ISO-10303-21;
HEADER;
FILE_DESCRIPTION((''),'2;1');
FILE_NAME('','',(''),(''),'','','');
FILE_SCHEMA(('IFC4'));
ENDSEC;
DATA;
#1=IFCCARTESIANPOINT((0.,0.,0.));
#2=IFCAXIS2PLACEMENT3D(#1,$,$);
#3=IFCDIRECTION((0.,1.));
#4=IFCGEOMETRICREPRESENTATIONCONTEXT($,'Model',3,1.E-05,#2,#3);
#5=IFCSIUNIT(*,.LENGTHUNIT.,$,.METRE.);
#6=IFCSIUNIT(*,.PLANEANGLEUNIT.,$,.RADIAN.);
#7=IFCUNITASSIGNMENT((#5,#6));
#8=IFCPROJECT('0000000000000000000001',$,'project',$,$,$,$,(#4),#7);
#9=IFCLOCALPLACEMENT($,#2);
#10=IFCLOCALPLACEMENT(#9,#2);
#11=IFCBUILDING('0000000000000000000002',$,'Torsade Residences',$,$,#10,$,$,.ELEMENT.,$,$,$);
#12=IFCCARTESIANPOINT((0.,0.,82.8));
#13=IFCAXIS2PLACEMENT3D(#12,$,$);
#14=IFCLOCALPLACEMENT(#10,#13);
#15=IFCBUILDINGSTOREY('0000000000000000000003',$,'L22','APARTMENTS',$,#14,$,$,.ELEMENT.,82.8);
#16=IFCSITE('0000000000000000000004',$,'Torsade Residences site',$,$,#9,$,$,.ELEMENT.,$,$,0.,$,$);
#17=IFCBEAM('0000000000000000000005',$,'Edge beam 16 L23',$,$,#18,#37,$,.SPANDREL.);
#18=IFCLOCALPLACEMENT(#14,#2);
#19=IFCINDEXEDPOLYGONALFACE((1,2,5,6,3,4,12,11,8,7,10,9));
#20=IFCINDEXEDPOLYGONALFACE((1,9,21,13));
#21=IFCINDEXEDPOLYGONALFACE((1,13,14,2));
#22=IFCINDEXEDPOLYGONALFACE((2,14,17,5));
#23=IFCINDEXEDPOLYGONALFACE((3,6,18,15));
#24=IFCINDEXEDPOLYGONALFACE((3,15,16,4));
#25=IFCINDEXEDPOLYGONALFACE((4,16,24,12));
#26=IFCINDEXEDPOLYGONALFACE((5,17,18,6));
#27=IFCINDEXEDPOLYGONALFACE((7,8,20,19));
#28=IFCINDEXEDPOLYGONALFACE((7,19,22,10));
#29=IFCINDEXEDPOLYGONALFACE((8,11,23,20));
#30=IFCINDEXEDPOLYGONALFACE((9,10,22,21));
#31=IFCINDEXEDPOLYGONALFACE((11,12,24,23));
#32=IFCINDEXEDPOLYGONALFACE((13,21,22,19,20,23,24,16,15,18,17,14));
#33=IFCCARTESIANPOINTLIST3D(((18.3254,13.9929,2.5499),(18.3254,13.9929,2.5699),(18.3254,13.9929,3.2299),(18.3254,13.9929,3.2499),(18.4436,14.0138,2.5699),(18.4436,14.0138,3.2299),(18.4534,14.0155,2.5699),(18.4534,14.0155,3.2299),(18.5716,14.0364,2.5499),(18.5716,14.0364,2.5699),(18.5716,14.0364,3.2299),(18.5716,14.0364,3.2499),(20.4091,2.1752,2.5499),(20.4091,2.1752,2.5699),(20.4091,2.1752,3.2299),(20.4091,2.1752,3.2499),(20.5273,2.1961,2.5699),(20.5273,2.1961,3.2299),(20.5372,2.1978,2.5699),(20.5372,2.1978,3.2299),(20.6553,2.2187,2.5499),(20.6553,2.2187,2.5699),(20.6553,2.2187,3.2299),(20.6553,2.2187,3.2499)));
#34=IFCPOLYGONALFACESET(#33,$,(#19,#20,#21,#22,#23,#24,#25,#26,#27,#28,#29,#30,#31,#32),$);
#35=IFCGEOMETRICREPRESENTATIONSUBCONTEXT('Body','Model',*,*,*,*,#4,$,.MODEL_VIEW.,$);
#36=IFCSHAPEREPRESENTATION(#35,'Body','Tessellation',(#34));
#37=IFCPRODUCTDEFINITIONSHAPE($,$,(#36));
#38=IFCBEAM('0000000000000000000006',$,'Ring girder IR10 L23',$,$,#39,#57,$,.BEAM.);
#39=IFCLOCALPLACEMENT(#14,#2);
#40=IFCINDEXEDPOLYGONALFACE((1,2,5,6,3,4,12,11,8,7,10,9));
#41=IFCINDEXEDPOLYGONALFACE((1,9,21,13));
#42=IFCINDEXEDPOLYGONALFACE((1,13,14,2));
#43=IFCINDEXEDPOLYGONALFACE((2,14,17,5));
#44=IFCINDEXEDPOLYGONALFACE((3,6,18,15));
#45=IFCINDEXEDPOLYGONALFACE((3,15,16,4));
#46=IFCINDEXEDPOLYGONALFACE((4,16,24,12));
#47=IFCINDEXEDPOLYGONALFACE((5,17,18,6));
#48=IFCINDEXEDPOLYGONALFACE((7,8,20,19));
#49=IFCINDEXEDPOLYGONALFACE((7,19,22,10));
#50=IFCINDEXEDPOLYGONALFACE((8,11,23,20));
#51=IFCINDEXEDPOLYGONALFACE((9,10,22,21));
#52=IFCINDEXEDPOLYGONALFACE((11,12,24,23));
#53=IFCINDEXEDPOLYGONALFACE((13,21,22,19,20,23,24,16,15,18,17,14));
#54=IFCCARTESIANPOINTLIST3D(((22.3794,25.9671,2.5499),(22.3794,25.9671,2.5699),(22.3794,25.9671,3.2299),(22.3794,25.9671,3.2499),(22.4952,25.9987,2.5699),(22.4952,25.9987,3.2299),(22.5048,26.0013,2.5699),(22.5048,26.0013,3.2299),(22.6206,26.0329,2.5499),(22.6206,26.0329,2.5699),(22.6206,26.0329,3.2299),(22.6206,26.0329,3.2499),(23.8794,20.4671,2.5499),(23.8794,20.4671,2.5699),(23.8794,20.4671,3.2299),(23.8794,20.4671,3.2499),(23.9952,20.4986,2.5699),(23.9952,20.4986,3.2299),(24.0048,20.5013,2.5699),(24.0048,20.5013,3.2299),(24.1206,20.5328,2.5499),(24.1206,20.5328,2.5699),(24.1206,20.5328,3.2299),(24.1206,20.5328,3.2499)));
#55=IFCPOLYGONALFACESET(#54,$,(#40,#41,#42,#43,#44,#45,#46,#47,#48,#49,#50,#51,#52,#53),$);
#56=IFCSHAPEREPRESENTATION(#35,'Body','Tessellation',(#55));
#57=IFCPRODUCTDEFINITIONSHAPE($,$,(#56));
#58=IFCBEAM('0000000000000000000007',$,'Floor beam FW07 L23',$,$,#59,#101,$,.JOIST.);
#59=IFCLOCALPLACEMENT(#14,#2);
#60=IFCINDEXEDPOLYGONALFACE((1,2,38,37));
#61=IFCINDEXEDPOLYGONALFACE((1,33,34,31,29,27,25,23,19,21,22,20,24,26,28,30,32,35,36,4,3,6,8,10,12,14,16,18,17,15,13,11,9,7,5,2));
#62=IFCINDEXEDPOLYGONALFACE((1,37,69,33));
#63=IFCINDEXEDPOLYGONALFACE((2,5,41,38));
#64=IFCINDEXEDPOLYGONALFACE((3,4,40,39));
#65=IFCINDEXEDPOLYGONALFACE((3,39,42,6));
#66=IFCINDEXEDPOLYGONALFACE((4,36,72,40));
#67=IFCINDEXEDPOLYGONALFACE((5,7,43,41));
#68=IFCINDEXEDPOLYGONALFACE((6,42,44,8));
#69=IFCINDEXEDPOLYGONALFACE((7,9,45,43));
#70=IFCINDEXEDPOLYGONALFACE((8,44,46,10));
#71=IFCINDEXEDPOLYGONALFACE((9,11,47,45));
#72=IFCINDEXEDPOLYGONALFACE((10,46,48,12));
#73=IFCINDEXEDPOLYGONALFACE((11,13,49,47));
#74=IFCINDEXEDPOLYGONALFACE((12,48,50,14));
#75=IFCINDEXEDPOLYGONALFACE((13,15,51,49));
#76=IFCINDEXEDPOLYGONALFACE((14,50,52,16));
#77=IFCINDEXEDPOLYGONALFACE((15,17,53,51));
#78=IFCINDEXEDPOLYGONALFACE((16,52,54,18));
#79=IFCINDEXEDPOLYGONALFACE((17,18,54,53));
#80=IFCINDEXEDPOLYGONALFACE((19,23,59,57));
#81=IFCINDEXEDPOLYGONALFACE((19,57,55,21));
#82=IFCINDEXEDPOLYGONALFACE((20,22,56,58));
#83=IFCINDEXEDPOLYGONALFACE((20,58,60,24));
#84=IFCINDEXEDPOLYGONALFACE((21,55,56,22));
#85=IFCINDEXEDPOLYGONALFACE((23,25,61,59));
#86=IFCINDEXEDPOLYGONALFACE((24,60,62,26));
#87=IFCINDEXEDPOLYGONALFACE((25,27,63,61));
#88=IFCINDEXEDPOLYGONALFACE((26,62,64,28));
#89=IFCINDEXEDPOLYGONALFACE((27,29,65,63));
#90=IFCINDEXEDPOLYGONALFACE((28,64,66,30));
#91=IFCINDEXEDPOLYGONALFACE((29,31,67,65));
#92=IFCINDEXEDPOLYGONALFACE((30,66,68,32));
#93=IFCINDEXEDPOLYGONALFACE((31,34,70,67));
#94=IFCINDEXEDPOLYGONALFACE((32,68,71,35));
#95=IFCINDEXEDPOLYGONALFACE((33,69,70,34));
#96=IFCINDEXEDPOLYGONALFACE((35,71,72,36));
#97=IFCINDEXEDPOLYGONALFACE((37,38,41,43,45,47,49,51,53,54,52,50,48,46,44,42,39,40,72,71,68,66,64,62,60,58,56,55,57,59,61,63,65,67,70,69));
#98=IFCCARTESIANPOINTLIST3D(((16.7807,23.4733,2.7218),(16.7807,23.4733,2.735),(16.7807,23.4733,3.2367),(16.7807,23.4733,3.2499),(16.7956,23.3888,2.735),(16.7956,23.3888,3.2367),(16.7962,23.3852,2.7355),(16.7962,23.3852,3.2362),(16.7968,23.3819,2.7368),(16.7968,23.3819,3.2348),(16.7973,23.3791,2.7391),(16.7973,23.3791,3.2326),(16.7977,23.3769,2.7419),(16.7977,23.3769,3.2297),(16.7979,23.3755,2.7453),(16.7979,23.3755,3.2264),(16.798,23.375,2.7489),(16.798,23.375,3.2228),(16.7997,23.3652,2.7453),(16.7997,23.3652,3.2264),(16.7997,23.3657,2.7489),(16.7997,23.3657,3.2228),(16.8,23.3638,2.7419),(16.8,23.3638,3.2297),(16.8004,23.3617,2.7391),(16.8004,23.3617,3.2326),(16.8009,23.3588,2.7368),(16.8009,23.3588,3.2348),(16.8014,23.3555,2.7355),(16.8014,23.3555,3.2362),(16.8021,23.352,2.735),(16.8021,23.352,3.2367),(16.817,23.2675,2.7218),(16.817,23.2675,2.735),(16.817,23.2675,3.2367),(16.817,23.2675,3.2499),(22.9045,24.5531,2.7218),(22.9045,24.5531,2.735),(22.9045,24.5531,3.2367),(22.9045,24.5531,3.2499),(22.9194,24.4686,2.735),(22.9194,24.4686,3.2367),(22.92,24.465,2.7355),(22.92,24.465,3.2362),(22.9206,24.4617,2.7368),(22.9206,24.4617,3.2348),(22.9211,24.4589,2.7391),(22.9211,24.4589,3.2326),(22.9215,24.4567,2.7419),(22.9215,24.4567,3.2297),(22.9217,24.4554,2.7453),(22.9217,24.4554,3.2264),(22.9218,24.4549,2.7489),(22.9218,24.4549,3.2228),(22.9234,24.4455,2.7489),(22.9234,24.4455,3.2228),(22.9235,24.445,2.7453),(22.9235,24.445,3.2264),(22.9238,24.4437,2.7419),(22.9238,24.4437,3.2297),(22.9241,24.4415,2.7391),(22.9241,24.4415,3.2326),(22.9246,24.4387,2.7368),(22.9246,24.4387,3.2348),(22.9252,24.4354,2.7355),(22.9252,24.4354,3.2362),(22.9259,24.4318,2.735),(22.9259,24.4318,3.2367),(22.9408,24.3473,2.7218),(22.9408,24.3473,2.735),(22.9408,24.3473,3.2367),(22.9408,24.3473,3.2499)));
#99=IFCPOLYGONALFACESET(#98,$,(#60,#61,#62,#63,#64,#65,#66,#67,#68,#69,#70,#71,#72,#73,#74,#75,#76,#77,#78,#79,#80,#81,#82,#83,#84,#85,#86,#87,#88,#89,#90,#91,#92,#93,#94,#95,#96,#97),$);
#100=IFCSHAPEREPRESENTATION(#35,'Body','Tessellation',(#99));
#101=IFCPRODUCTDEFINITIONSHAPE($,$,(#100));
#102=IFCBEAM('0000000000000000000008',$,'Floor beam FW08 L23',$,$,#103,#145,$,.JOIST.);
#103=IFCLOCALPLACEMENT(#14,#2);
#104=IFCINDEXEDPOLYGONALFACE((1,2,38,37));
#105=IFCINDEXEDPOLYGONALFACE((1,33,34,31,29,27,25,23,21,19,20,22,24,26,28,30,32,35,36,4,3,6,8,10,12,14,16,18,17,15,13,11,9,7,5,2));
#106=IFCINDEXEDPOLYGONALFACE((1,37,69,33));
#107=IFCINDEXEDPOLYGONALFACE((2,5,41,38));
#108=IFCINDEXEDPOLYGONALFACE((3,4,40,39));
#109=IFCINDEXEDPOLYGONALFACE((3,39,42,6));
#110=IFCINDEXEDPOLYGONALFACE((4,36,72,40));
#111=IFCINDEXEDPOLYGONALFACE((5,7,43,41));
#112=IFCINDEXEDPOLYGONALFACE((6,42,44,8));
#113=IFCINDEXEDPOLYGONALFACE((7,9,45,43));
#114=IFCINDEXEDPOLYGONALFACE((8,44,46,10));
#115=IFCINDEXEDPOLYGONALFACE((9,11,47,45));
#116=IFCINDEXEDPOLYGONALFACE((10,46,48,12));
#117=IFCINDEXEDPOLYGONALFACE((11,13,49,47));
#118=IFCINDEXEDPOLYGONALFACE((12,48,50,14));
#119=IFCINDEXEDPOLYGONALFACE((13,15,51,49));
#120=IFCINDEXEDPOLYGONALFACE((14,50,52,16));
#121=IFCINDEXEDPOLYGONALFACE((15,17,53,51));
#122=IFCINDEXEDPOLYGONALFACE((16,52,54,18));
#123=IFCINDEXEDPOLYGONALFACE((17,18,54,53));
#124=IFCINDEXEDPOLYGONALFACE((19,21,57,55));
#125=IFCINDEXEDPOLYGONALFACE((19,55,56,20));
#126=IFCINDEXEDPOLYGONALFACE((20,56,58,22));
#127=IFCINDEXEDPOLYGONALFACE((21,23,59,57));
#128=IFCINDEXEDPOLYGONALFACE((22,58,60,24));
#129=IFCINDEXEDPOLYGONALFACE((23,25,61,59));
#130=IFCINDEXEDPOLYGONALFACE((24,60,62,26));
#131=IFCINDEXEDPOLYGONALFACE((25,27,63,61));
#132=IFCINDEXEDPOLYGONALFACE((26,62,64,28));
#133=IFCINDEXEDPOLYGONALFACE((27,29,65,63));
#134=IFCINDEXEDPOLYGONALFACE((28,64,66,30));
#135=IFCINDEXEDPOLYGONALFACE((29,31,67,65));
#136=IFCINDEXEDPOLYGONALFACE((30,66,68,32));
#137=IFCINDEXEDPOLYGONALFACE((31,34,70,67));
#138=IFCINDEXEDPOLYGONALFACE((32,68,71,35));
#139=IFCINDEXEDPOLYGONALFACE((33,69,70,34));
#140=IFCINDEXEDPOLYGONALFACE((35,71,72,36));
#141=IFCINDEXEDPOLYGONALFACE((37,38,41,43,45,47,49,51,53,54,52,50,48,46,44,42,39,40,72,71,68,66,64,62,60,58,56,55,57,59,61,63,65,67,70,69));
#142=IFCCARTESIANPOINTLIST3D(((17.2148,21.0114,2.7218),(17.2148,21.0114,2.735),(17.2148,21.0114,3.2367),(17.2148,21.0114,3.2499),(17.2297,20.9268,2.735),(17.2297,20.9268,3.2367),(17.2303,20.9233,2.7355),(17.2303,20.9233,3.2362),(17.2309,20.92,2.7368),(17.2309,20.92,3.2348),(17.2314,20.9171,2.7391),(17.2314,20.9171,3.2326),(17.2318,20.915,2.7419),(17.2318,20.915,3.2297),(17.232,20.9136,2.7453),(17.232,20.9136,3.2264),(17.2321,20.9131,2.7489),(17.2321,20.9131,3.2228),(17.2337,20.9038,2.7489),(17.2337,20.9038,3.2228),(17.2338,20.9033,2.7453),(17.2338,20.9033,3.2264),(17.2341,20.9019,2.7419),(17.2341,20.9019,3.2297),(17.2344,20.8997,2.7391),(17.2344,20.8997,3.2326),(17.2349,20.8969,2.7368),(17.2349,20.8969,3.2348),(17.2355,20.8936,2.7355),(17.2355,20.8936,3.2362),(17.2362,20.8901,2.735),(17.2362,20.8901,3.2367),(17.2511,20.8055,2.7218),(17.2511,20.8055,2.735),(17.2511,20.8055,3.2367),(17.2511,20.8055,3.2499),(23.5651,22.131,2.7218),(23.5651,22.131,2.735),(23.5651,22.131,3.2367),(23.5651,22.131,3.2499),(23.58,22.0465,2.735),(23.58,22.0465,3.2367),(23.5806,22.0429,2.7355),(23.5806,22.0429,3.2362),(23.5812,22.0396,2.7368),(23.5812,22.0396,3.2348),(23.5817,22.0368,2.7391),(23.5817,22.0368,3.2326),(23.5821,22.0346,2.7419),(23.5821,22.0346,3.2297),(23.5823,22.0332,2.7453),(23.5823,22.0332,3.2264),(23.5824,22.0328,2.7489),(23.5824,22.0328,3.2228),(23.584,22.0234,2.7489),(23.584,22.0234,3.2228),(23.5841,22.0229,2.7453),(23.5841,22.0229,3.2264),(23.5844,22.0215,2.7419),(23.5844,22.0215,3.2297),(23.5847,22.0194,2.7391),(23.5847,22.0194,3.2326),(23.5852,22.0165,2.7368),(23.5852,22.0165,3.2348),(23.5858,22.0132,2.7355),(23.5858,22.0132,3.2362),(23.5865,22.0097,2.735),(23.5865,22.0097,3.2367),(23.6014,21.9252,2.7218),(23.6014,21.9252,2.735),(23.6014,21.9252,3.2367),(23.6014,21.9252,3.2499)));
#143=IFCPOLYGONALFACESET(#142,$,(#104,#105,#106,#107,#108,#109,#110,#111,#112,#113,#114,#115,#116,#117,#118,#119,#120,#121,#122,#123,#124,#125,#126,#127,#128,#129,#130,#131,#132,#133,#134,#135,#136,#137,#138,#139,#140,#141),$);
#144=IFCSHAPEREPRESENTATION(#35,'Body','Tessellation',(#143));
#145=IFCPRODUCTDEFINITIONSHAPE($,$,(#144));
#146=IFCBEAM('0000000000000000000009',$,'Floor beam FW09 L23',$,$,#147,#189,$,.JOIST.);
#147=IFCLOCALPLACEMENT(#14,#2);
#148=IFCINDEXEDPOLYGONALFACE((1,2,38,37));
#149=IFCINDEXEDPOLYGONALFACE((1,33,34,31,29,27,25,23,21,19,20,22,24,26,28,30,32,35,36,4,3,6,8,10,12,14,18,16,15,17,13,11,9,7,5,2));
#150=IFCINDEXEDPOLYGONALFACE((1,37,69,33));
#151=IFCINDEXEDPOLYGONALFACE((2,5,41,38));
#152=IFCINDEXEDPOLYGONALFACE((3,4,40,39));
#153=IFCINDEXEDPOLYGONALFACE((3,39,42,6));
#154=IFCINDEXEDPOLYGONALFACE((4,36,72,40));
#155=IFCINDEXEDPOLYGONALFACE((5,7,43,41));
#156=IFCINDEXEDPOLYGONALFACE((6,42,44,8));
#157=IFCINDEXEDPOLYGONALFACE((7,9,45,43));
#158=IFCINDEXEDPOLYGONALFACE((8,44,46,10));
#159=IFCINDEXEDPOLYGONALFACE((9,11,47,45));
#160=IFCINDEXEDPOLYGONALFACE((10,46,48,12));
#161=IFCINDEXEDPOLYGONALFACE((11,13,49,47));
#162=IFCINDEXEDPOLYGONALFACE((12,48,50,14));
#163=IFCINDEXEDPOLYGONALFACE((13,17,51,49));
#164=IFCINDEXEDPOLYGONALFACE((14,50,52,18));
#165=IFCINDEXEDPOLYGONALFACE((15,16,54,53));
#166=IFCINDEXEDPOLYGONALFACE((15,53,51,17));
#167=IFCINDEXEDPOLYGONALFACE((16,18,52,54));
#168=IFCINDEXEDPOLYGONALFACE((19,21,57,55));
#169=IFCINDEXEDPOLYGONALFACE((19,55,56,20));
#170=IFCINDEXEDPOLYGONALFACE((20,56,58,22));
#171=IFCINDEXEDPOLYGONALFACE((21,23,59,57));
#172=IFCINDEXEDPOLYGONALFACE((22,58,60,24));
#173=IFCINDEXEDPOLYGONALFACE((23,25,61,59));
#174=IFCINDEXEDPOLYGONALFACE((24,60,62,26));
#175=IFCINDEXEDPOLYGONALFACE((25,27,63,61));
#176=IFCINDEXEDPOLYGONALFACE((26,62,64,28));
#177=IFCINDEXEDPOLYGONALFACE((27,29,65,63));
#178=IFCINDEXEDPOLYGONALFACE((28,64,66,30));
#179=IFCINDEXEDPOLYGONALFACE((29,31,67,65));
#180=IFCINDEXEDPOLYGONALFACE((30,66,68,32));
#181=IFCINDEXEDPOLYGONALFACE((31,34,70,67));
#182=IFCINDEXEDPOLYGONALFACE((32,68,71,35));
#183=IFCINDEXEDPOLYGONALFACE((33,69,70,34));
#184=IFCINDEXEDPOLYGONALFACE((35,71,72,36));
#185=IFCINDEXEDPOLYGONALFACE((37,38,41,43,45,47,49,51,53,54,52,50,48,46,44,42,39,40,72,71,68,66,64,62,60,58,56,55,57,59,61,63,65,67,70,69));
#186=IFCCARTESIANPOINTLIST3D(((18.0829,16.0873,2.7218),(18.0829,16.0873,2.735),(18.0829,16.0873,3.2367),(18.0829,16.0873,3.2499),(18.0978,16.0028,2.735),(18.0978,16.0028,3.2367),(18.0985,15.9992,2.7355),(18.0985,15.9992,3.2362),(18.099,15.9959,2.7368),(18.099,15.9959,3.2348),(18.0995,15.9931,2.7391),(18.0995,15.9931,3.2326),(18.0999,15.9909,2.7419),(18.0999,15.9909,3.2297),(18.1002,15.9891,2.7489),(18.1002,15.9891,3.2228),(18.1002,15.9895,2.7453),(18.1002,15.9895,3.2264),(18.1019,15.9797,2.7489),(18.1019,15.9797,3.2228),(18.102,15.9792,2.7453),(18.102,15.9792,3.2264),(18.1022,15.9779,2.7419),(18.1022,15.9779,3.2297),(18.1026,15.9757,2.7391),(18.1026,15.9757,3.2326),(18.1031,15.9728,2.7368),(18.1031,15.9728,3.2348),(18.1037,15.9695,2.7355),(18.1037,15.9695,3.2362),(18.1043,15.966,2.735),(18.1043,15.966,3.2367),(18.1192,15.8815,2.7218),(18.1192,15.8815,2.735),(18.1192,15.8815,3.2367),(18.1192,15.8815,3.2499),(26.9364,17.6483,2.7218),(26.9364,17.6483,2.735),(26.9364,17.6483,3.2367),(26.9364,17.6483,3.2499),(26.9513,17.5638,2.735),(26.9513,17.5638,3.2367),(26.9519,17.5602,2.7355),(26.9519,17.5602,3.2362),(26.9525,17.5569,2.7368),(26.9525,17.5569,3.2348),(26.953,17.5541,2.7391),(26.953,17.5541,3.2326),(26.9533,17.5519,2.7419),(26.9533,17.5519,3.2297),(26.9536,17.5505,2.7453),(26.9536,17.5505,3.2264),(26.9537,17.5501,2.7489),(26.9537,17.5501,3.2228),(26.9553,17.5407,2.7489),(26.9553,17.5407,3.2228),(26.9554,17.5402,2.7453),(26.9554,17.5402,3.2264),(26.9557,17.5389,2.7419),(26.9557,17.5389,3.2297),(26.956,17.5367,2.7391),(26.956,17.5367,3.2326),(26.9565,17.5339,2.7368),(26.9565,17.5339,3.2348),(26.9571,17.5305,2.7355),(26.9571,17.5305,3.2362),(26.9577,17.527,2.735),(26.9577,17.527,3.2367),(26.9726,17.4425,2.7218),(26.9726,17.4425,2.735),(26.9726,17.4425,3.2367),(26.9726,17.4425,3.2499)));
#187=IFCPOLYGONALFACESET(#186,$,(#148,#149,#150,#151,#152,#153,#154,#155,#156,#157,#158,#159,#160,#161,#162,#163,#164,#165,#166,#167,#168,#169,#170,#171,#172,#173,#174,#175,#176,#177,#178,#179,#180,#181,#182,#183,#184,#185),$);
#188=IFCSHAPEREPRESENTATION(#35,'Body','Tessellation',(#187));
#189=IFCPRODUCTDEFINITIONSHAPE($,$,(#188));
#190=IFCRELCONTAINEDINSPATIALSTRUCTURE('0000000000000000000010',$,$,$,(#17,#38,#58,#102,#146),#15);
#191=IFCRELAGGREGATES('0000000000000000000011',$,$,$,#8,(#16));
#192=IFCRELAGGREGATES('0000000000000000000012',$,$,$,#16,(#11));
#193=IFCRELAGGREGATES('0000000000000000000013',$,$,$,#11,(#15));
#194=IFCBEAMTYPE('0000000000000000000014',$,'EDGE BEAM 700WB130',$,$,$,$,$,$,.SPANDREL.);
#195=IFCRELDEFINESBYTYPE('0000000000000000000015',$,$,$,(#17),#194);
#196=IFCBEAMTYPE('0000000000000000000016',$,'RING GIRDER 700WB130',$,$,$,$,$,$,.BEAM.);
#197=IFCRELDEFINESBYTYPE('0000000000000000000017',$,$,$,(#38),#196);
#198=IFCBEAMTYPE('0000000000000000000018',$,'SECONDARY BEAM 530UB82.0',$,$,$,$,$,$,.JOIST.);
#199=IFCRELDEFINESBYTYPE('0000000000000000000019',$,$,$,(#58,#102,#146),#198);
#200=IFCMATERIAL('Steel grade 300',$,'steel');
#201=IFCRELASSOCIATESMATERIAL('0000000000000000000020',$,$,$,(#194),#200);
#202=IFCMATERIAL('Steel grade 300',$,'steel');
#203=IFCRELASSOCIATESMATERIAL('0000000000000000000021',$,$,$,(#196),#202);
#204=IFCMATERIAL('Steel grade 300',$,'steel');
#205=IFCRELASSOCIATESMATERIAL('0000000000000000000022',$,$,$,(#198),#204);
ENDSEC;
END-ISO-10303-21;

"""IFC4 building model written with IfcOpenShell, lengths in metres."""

from ifc_helpers import new_model, si_unit, direction, frame, origin, origin_2d, place, context, subcontext, project, spatial, i_section, extrude, material, material_profile, profile_set, type_object, element, save


model = new_model("IFC4")

# Units and contexts
model_context = context("Model", 3, precision=1e-05, world=origin(), true_north=direction((0.0, 1.0)))
body_context = subcontext(model_context, "Body", "Model", "MODEL_VIEW")
ifc_project = project(units=[si_unit("LENGTHUNIT", "METRE"), si_unit("PLANEANGLEUNIT", "RADIAN")], contexts=[model_context])

# Site, building, storey
site_placement = place(None, origin())
site = spatial("IfcSite", under=ifc_project, at=site_placement, Name="Torsade Residences site", CompositionType="ELEMENT", RefElevation=0.0)
building_placement = place(site_placement, origin())
building = spatial("IfcBuilding", under=site, at=building_placement, Name="Torsade Residences", CompositionType="ELEMENT")
storey_placement = place(building_placement, frame((0.0, 0.0, 82.8)))
storey = spatial("IfcBuildingStorey", under=building, at=storey_placement, Name="L22", Description="APARTMENTS", CompositionType="ELEMENT", Elevation=82.8)

# Beams
ifc_material_1 = material(Name="Steel grade 300", Category="steel")
ifc_material_profile_1 = material_profile(ifc_material_1, i_section(OverallWidth=0.25, OverallDepth=0.7, WebThickness=0.01, FlangeThickness=0.02, at=origin_2d()), Name="700WB130")
ifc_profile_set_1 = profile_set([ifc_material_profile_1], Name="Steel grade 300")
beam_type_1 = type_object("IfcBeamType", Name="EDGE BEAM 700WB130", PredefinedType="SPANDREL", material=ifc_profile_set_1)
beam_1_placement = place(storey_placement, frame((18.4485, 14.0146, 2.8999), z_axis=(0.173646, -0.984808, 0.0), x_axis=(0.984808, 0.173646, 0.0)))
element("IfcBeam", 1, at=beam_1_placement, inside=storey, type_object=beam_type_1, Name="Edge beam 16 L23", PredefinedType="SPANDREL", context=body_context, shape_type="SweptSolid", body=[
    extrude(i_section(OverallWidth=0.25, OverallDepth=0.7, WebThickness=0.01, FlangeThickness=0.02, at=origin_2d()), origin(), (0.0, 0.0, 1.0), 12.0),
])
ifc_material_2 = material(Name="Steel grade 300", Category="steel")
ifc_material_profile_2 = material_profile(ifc_material_2, i_section(OverallWidth=0.25, OverallDepth=0.7, WebThickness=0.01, FlangeThickness=0.02, at=origin_2d()), Name="700WB130")
ifc_profile_set_2 = profile_set([ifc_material_profile_2], Name="Steel grade 300")
beam_type_2 = type_object("IfcBeamType", Name="RING GIRDER 700WB130", PredefinedType="BEAM", material=ifc_profile_set_2)
beam_2_placement = place(storey_placement, frame((22.5, 26.0, 2.8999), z_axis=(0.263117, -0.964764, 0.0), x_axis=(0.964764, 0.263117, 0.0)))
element("IfcBeam", 2, at=beam_2_placement, inside=storey, type_object=beam_type_2, Name="Ring girder IR10 L23", PredefinedType="BEAM", context=body_context, shape_type="SweptSolid", body=[
    extrude(i_section(OverallWidth=0.25, OverallDepth=0.7, WebThickness=0.01, FlangeThickness=0.02, at=origin_2d()), origin(), (0.0, 0.0, 1.0), 5.7009),
])
ifc_material_3 = material(Name="Steel grade 300", Category="steel")
ifc_material_profile_3 = material_profile(ifc_material_3, i_section(OverallWidth=0.209, OverallDepth=0.5281, WebThickness=0.0095, FlangeThickness=0.0132, FilletRadius=0.0139, at=origin_2d()), Name="530UB82.0")
ifc_profile_set_3 = profile_set([ifc_material_profile_3], Name="Steel grade 300")
beam_type_3 = type_object("IfcBeamType", Name="SECONDARY BEAM 530UB82.0", PredefinedType="JOIST", material=ifc_profile_set_3)
beam_3_placement = place(storey_placement, frame((16.7988, 23.3704, 2.9858), z_axis=(0.984806, 0.173655, 0.0), x_axis=(-0.173655, 0.984806, 0.0)))
element("IfcBeam", 3, at=beam_3_placement, inside=storey, type_object=beam_type_3, Name="Floor beam FW07 L23", PredefinedType="JOIST", context=body_context, shape_type="SweptSolid", body=[
    extrude(i_section(OverallWidth=0.209, OverallDepth=0.5281, WebThickness=0.0095, FlangeThickness=0.0132, FilletRadius=0.0139, at=origin_2d()), origin(), (0.0, 0.0, 1.0), 6.2183),
])
beam_4_placement = place(storey_placement, frame((17.2329, 20.9084, 2.9858), z_axis=(0.984811, 0.173632, 0.0), x_axis=(-0.173632, 0.984811, 0.0)))
element("IfcBeam", 4, at=beam_4_placement, inside=storey, type_object=beam_type_3, Name="Floor beam FW08 L23", PredefinedType="JOIST", context=body_context, shape_type="SweptSolid", body=[
    extrude(i_section(OverallWidth=0.209, OverallDepth=0.5281, WebThickness=0.0095, FlangeThickness=0.0132, FilletRadius=0.0139, at=origin_2d()), origin(), (0.0, 0.0, 1.0), 6.4482),
])
beam_5_placement = place(storey_placement, frame((18.1011, 15.9844, 2.9858), z_axis=(0.984809, 0.17364, 0.0), x_axis=(-0.17364, 0.984809, 0.0)))
element("IfcBeam", 5, at=beam_5_placement, inside=storey, type_object=beam_type_3, Name="Floor beam FW09 L23", PredefinedType="JOIST", context=body_context, shape_type="SweptSolid", body=[
    extrude(i_section(OverallWidth=0.209, OverallDepth=0.5281, WebThickness=0.0095, FlangeThickness=0.0132, FilletRadius=0.0139, at=origin_2d()), origin(), (0.0, 0.0, 1.0), 8.99),
])

save(model, "model.ifc")
